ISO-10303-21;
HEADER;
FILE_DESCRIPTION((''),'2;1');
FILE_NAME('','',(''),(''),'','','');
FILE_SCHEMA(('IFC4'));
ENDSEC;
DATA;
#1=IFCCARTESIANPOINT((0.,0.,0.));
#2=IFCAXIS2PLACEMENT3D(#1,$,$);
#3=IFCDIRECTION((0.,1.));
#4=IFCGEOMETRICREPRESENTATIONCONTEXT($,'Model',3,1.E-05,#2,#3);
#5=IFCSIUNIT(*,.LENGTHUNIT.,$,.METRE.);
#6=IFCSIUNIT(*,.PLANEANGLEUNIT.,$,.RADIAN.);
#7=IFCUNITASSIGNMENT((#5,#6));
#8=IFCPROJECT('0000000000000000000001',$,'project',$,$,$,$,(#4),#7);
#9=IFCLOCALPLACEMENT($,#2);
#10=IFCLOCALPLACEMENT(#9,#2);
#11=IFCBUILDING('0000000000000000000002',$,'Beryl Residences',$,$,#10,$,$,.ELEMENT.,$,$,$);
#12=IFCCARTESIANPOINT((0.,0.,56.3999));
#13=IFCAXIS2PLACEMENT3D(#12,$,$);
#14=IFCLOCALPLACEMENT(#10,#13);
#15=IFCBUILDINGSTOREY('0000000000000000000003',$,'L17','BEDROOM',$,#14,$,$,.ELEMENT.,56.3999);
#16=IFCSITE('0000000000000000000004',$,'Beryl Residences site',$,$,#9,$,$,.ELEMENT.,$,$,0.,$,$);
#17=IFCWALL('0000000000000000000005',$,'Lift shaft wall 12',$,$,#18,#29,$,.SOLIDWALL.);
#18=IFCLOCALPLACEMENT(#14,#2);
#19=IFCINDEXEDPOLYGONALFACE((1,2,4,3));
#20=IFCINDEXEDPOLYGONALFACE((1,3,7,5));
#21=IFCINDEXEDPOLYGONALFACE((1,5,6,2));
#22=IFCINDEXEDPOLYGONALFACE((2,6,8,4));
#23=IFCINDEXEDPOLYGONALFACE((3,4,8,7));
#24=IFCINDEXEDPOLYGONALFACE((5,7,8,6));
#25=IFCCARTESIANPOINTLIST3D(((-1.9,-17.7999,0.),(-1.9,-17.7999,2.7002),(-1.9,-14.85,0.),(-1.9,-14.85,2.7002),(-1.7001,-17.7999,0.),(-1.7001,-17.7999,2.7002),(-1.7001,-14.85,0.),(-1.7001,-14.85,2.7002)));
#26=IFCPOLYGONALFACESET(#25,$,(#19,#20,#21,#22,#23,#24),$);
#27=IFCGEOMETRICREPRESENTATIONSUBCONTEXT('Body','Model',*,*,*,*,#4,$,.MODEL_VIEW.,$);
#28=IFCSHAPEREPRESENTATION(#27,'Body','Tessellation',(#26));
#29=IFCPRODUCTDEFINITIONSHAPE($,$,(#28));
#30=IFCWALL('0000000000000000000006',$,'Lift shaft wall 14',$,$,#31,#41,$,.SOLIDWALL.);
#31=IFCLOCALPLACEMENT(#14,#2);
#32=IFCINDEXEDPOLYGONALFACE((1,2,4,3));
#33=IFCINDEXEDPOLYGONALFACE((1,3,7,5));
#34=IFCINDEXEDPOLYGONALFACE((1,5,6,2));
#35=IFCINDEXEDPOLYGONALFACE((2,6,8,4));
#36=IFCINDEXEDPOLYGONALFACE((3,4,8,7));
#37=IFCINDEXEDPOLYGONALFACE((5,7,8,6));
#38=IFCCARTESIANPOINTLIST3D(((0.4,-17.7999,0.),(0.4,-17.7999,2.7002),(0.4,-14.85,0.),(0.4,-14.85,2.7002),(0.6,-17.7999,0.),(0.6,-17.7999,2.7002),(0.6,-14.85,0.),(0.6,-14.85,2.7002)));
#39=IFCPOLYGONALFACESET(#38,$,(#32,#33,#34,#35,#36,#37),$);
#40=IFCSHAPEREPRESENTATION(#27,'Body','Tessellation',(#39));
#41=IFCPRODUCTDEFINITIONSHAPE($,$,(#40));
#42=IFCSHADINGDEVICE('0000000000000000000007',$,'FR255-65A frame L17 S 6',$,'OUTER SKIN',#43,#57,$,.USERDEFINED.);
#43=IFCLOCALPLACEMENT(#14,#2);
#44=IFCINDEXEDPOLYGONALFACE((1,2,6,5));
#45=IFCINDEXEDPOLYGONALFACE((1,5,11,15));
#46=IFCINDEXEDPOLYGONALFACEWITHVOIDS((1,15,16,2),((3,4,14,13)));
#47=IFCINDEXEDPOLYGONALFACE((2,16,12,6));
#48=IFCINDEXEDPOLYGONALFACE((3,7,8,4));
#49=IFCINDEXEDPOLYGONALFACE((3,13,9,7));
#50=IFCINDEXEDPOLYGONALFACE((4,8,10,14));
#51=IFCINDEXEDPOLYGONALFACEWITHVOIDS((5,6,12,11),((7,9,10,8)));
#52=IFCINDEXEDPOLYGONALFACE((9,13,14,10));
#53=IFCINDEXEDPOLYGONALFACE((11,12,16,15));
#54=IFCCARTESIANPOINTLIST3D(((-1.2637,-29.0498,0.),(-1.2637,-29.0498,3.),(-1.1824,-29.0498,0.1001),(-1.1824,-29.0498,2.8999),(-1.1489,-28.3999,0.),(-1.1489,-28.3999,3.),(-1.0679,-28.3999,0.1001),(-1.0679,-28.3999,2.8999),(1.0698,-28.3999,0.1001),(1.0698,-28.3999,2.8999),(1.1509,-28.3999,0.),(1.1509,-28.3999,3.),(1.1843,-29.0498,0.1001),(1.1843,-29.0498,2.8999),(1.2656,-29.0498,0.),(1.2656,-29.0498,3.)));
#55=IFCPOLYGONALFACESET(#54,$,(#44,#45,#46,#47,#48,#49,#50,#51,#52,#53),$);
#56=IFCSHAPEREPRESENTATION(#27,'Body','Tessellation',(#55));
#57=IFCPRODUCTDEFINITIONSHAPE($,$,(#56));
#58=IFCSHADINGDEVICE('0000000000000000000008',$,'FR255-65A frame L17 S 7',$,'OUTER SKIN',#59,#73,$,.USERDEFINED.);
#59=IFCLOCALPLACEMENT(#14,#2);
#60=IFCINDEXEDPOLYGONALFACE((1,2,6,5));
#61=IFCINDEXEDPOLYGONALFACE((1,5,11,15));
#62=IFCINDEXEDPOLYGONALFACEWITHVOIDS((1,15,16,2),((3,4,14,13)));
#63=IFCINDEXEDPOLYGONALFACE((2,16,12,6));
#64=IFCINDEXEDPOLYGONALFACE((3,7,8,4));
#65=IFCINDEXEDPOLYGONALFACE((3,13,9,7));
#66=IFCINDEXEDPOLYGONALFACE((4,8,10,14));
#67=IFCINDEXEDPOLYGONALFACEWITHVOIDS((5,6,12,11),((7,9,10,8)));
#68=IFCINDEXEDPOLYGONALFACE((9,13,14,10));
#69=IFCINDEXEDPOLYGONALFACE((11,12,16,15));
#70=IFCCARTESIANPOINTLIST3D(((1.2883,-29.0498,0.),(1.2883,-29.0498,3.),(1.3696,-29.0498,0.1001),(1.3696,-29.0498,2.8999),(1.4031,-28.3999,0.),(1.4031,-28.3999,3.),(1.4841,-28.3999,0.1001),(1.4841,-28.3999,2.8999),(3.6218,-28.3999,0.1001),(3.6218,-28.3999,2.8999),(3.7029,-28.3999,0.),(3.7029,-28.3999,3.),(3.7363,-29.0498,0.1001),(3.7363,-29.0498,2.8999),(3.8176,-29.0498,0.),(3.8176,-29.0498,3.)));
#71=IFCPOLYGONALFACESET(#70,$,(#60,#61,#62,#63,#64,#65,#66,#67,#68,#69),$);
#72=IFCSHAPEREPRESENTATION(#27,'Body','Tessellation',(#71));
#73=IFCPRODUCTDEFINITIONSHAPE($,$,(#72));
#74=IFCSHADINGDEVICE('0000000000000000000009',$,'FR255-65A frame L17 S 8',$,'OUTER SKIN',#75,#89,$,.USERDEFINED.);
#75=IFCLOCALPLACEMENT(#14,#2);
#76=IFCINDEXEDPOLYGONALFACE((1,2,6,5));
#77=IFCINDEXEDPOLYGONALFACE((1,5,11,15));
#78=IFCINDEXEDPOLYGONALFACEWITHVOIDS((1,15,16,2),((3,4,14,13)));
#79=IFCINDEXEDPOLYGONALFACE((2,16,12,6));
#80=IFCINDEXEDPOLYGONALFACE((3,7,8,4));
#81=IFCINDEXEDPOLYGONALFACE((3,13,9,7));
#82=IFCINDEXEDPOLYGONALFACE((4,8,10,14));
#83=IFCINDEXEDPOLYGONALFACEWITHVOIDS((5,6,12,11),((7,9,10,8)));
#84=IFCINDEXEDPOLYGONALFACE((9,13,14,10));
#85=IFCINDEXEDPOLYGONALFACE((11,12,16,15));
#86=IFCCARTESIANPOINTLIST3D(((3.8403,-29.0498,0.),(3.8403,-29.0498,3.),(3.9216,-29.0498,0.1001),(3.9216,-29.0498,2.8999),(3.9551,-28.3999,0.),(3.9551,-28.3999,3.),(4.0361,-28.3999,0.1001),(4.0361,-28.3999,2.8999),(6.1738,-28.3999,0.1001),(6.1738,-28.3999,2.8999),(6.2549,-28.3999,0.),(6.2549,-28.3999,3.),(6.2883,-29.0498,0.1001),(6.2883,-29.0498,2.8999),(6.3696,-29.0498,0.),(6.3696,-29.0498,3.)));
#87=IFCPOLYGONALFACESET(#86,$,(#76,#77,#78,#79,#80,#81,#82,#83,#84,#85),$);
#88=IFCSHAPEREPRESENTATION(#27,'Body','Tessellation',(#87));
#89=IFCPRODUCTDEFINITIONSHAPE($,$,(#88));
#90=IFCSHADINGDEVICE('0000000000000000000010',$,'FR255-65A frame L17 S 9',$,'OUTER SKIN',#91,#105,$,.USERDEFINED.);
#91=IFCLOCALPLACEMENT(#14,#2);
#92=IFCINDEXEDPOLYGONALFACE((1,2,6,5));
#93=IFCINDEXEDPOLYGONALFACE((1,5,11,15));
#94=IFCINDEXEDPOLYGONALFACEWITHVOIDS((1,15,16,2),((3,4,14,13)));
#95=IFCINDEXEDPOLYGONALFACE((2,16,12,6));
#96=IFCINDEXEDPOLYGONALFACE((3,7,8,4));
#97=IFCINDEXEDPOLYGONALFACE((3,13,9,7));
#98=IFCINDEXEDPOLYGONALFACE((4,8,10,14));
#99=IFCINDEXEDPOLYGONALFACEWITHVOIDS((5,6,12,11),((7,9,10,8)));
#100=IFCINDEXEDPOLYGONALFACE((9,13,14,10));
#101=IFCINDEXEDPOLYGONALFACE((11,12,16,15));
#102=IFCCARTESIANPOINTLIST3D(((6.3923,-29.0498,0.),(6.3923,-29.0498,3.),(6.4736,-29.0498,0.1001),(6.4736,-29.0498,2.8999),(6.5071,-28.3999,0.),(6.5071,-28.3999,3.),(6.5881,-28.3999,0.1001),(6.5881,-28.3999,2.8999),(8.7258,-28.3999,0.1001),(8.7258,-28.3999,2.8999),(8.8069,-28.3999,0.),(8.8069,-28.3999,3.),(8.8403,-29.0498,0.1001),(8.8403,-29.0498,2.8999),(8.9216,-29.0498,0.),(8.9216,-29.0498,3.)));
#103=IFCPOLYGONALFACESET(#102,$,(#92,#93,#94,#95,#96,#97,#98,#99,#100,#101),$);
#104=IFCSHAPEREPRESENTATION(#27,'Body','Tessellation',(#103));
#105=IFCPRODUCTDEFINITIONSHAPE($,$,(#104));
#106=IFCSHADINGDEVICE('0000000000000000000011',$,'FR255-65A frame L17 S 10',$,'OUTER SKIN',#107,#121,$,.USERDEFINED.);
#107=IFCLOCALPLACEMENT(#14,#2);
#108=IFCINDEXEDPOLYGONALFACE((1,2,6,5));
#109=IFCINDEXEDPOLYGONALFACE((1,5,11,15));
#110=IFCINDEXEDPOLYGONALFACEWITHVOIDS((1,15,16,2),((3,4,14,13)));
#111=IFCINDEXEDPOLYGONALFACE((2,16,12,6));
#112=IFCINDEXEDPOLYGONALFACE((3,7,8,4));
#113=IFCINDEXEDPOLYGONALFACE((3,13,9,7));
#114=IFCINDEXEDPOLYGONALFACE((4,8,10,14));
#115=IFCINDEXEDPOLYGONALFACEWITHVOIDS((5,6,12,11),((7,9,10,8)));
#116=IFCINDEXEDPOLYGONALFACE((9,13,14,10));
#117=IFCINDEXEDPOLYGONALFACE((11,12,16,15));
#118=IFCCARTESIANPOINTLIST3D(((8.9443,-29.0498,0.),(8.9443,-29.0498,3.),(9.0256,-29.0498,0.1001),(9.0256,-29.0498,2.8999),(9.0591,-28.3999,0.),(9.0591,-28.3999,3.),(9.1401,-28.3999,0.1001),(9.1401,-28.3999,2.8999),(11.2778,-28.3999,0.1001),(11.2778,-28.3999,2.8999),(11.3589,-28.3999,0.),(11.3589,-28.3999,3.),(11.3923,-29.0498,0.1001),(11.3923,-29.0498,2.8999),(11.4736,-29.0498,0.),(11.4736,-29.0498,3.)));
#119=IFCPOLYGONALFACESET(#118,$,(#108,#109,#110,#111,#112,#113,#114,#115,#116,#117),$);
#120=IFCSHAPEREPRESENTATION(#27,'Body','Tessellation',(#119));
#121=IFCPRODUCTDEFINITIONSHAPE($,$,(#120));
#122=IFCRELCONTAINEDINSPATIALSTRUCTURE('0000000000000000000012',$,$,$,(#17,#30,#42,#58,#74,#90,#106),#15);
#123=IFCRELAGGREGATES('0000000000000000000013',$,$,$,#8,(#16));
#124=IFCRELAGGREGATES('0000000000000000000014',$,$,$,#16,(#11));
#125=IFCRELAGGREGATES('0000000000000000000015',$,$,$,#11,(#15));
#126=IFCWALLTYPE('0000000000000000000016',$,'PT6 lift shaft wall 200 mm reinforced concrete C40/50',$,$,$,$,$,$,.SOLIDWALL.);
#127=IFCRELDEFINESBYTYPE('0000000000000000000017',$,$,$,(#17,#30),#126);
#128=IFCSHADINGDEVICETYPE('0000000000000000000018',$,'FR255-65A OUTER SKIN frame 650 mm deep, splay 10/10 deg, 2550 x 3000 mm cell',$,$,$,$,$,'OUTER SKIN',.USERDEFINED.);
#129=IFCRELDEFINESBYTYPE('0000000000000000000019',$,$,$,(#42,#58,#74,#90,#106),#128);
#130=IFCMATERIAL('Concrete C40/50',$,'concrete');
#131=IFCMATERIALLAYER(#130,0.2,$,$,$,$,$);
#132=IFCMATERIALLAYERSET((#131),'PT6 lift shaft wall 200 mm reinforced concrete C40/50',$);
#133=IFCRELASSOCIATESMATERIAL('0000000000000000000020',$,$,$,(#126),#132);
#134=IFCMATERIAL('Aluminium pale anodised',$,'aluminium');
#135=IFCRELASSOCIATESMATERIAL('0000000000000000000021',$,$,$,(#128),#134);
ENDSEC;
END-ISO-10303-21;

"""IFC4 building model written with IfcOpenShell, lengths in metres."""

from ifc_helpers import new_model, entity, si_unit, direction, frame, frame_2d, origin, place, context, subcontext, project, spatial, rectangle, extrude, source, transform, mapped, material, layer, layer_set, type_object, type_shapes, element, save


model = new_model("IFC4")

# Units and contexts
model_context = context("Model", 3, precision=1e-05, world=origin(), true_north=direction((0.0, 1.0)))
body_context = subcontext(model_context, "Body", "Model", "MODEL_VIEW")
ifc_project = project(units=[si_unit("LENGTHUNIT", "METRE"), si_unit("PLANEANGLEUNIT", "RADIAN")], contexts=[model_context])

# Site, building, storey
site_placement = place(None, origin())
site = spatial("IfcSite", under=ifc_project, at=site_placement, Name="Beryl Residences site", CompositionType="ELEMENT", RefElevation=0.0)
building_placement = place(site_placement, origin())
building = spatial("IfcBuilding", under=site, at=building_placement, Name="Beryl Residences", CompositionType="ELEMENT")
storey_placement = place(building_placement, frame((0.0, 0.0, 56.3999)))
storey = spatial("IfcBuildingStorey", under=building, at=storey_placement, Name="L17", Description="BEDROOM", CompositionType="ELEMENT", Elevation=56.3999)

# Walls
ifc_material_1 = material(Name="Concrete C40/50", Category="concrete")
ifc_layer_1 = layer(ifc_material_1, 0.2)
ifc_layer_set_1 = layer_set([ifc_layer_1], Name="PT6 lift shaft wall 200 mm reinforced concrete C40/50")
wall_type_1 = type_object("IfcWallType", Name="PT6 lift shaft wall 200 mm reinforced concrete C40/50", PredefinedType="SOLIDWALL", material=ifc_layer_set_1)
for number, where, z_axis, x_axis, name in (
    (1, (-1.8, -17.8, 0.0), (0.0, 0.0, 1.0), (0.0, 1.0, 0.0), "Lift shaft wall 12"),
    (2, (0.5, -17.8, 0.0), (0.0, 0.0, 1.0), (0.0, 1.0, 0.0), "Lift shaft wall 14"),
):
    element("IfcWall", number, at=place(storey_placement, frame(where, z_axis=z_axis, x_axis=x_axis)), inside=storey, type_object=wall_type_1, Name=name, PredefinedType="SOLIDWALL", context=body_context, shape_type="SweptSolid", body=[
        extrude(rectangle(XDim=2.95, YDim=0.2, at=frame_2d((1.4751, 0.0))), origin(), (0.0, 0.0, 1.0), 2.7002),
    ])

# Shading devices
ifc_material_2 = material(Name="Aluminium pale anodised", Category="aluminium")
shading_device_type = type_object("IfcShadingDeviceType", Name="FR255-65A OUTER SKIN frame 650 mm deep, splay 10/10 deg, 2550 x 3000 mm cell", ElementType="OUTER SKIN", PredefinedType="USERDEFINED", material=ifc_material_2)
cartesian_point_1 = entity("IfcCartesianPoint", [-1.1499, 0.0])
cartesian_point_2 = entity("IfcCartesianPoint", [-1.0688, 0.1001])
cartesian_point_3 = entity("IfcCartesianPoint", [-1.2646, 0.0])
cartesian_point_4 = entity("IfcCartesianPoint", [-1.1833, 0.1001])
shared_shape = source(origin(), body_context, "Body", "SweptSolid", [
    entity("IfcExtrudedAreaSolidTapered", entity("IfcArbitraryProfileDefWithVoids", "AREA", None, entity("IfcPolyline", [cartesian_point_1, entity("IfcCartesianPoint", [1.1499, 0.0]), entity("IfcCartesianPoint", [1.1499, 3.0]), entity("IfcCartesianPoint", [-1.1499, 3.0]), cartesian_point_1]), [entity("IfcPolyline", [cartesian_point_2, entity("IfcCartesianPoint", [1.0688, 0.1001]), entity("IfcCartesianPoint", [1.0688, 2.8999]), entity("IfcCartesianPoint", [-1.0688, 2.8999]), cartesian_point_2])]), entity("IfcAxis2Placement3D", entity("IfcCartesianPoint", [0.0, 0.0, 0.0]), entity("IfcDirection", [0.0, 1.0, 0.0]), entity("IfcDirection", [-1.0, 0.0, 0.0])), entity("IfcDirection", [0.0, 0.0, 1.0]), 0.6499, entity("IfcArbitraryProfileDefWithVoids", "AREA", None, entity("IfcPolyline", [cartesian_point_3, entity("IfcCartesianPoint", [1.2646, 0.0]), entity("IfcCartesianPoint", [1.2646, 3.0]), entity("IfcCartesianPoint", [-1.2646, 3.0]), cartesian_point_3]), [entity("IfcPolyline", [cartesian_point_4, entity("IfcCartesianPoint", [1.1833, 0.1001]), entity("IfcCartesianPoint", [1.1833, 2.8999]), entity("IfcCartesianPoint", [-1.1833, 2.8999]), cartesian_point_4])])),
])
type_shapes(shading_device_type, [shared_shape])
for number, where, z_axis, x_axis, name in (
    (3, (0.001, -28.3999, 0.0), (0.0, 0.0, 1.0), (-1.0, 0.0, 0.0), "FR255-65A frame L17 S 6"),
    (4, (2.553, -28.3999, 0.0), (0.0, 0.0, 1.0), (-1.0, 0.0, 0.0), "FR255-65A frame L17 S 7"),
    (5, (5.105, -28.3999, 0.0), (0.0, 0.0, 1.0), (-1.0, 0.0, 0.0), "FR255-65A frame L17 S 8"),
    (6, (7.657, -28.3999, 0.0), (0.0, 0.0, 1.0), (-1.0, 0.0, 0.0), "FR255-65A frame L17 S 9"),
    (7, (10.209, -28.3999, 0.0), (0.0, 0.0, 1.0), (-1.0, 0.0, 0.0), "FR255-65A frame L17 S 10"),
):
    element("IfcShadingDevice", number, at=place(storey_placement, frame(where, z_axis=z_axis, x_axis=x_axis)), inside=storey, type_object=shading_device_type, Name=name, ObjectType="OUTER SKIN", PredefinedType="USERDEFINED", context=body_context, shape_type="MappedRepresentation", body=[
        mapped(shared_shape, transform((0.0, 0.0, 0.0))),
    ])

save(model, "model.ifc")
